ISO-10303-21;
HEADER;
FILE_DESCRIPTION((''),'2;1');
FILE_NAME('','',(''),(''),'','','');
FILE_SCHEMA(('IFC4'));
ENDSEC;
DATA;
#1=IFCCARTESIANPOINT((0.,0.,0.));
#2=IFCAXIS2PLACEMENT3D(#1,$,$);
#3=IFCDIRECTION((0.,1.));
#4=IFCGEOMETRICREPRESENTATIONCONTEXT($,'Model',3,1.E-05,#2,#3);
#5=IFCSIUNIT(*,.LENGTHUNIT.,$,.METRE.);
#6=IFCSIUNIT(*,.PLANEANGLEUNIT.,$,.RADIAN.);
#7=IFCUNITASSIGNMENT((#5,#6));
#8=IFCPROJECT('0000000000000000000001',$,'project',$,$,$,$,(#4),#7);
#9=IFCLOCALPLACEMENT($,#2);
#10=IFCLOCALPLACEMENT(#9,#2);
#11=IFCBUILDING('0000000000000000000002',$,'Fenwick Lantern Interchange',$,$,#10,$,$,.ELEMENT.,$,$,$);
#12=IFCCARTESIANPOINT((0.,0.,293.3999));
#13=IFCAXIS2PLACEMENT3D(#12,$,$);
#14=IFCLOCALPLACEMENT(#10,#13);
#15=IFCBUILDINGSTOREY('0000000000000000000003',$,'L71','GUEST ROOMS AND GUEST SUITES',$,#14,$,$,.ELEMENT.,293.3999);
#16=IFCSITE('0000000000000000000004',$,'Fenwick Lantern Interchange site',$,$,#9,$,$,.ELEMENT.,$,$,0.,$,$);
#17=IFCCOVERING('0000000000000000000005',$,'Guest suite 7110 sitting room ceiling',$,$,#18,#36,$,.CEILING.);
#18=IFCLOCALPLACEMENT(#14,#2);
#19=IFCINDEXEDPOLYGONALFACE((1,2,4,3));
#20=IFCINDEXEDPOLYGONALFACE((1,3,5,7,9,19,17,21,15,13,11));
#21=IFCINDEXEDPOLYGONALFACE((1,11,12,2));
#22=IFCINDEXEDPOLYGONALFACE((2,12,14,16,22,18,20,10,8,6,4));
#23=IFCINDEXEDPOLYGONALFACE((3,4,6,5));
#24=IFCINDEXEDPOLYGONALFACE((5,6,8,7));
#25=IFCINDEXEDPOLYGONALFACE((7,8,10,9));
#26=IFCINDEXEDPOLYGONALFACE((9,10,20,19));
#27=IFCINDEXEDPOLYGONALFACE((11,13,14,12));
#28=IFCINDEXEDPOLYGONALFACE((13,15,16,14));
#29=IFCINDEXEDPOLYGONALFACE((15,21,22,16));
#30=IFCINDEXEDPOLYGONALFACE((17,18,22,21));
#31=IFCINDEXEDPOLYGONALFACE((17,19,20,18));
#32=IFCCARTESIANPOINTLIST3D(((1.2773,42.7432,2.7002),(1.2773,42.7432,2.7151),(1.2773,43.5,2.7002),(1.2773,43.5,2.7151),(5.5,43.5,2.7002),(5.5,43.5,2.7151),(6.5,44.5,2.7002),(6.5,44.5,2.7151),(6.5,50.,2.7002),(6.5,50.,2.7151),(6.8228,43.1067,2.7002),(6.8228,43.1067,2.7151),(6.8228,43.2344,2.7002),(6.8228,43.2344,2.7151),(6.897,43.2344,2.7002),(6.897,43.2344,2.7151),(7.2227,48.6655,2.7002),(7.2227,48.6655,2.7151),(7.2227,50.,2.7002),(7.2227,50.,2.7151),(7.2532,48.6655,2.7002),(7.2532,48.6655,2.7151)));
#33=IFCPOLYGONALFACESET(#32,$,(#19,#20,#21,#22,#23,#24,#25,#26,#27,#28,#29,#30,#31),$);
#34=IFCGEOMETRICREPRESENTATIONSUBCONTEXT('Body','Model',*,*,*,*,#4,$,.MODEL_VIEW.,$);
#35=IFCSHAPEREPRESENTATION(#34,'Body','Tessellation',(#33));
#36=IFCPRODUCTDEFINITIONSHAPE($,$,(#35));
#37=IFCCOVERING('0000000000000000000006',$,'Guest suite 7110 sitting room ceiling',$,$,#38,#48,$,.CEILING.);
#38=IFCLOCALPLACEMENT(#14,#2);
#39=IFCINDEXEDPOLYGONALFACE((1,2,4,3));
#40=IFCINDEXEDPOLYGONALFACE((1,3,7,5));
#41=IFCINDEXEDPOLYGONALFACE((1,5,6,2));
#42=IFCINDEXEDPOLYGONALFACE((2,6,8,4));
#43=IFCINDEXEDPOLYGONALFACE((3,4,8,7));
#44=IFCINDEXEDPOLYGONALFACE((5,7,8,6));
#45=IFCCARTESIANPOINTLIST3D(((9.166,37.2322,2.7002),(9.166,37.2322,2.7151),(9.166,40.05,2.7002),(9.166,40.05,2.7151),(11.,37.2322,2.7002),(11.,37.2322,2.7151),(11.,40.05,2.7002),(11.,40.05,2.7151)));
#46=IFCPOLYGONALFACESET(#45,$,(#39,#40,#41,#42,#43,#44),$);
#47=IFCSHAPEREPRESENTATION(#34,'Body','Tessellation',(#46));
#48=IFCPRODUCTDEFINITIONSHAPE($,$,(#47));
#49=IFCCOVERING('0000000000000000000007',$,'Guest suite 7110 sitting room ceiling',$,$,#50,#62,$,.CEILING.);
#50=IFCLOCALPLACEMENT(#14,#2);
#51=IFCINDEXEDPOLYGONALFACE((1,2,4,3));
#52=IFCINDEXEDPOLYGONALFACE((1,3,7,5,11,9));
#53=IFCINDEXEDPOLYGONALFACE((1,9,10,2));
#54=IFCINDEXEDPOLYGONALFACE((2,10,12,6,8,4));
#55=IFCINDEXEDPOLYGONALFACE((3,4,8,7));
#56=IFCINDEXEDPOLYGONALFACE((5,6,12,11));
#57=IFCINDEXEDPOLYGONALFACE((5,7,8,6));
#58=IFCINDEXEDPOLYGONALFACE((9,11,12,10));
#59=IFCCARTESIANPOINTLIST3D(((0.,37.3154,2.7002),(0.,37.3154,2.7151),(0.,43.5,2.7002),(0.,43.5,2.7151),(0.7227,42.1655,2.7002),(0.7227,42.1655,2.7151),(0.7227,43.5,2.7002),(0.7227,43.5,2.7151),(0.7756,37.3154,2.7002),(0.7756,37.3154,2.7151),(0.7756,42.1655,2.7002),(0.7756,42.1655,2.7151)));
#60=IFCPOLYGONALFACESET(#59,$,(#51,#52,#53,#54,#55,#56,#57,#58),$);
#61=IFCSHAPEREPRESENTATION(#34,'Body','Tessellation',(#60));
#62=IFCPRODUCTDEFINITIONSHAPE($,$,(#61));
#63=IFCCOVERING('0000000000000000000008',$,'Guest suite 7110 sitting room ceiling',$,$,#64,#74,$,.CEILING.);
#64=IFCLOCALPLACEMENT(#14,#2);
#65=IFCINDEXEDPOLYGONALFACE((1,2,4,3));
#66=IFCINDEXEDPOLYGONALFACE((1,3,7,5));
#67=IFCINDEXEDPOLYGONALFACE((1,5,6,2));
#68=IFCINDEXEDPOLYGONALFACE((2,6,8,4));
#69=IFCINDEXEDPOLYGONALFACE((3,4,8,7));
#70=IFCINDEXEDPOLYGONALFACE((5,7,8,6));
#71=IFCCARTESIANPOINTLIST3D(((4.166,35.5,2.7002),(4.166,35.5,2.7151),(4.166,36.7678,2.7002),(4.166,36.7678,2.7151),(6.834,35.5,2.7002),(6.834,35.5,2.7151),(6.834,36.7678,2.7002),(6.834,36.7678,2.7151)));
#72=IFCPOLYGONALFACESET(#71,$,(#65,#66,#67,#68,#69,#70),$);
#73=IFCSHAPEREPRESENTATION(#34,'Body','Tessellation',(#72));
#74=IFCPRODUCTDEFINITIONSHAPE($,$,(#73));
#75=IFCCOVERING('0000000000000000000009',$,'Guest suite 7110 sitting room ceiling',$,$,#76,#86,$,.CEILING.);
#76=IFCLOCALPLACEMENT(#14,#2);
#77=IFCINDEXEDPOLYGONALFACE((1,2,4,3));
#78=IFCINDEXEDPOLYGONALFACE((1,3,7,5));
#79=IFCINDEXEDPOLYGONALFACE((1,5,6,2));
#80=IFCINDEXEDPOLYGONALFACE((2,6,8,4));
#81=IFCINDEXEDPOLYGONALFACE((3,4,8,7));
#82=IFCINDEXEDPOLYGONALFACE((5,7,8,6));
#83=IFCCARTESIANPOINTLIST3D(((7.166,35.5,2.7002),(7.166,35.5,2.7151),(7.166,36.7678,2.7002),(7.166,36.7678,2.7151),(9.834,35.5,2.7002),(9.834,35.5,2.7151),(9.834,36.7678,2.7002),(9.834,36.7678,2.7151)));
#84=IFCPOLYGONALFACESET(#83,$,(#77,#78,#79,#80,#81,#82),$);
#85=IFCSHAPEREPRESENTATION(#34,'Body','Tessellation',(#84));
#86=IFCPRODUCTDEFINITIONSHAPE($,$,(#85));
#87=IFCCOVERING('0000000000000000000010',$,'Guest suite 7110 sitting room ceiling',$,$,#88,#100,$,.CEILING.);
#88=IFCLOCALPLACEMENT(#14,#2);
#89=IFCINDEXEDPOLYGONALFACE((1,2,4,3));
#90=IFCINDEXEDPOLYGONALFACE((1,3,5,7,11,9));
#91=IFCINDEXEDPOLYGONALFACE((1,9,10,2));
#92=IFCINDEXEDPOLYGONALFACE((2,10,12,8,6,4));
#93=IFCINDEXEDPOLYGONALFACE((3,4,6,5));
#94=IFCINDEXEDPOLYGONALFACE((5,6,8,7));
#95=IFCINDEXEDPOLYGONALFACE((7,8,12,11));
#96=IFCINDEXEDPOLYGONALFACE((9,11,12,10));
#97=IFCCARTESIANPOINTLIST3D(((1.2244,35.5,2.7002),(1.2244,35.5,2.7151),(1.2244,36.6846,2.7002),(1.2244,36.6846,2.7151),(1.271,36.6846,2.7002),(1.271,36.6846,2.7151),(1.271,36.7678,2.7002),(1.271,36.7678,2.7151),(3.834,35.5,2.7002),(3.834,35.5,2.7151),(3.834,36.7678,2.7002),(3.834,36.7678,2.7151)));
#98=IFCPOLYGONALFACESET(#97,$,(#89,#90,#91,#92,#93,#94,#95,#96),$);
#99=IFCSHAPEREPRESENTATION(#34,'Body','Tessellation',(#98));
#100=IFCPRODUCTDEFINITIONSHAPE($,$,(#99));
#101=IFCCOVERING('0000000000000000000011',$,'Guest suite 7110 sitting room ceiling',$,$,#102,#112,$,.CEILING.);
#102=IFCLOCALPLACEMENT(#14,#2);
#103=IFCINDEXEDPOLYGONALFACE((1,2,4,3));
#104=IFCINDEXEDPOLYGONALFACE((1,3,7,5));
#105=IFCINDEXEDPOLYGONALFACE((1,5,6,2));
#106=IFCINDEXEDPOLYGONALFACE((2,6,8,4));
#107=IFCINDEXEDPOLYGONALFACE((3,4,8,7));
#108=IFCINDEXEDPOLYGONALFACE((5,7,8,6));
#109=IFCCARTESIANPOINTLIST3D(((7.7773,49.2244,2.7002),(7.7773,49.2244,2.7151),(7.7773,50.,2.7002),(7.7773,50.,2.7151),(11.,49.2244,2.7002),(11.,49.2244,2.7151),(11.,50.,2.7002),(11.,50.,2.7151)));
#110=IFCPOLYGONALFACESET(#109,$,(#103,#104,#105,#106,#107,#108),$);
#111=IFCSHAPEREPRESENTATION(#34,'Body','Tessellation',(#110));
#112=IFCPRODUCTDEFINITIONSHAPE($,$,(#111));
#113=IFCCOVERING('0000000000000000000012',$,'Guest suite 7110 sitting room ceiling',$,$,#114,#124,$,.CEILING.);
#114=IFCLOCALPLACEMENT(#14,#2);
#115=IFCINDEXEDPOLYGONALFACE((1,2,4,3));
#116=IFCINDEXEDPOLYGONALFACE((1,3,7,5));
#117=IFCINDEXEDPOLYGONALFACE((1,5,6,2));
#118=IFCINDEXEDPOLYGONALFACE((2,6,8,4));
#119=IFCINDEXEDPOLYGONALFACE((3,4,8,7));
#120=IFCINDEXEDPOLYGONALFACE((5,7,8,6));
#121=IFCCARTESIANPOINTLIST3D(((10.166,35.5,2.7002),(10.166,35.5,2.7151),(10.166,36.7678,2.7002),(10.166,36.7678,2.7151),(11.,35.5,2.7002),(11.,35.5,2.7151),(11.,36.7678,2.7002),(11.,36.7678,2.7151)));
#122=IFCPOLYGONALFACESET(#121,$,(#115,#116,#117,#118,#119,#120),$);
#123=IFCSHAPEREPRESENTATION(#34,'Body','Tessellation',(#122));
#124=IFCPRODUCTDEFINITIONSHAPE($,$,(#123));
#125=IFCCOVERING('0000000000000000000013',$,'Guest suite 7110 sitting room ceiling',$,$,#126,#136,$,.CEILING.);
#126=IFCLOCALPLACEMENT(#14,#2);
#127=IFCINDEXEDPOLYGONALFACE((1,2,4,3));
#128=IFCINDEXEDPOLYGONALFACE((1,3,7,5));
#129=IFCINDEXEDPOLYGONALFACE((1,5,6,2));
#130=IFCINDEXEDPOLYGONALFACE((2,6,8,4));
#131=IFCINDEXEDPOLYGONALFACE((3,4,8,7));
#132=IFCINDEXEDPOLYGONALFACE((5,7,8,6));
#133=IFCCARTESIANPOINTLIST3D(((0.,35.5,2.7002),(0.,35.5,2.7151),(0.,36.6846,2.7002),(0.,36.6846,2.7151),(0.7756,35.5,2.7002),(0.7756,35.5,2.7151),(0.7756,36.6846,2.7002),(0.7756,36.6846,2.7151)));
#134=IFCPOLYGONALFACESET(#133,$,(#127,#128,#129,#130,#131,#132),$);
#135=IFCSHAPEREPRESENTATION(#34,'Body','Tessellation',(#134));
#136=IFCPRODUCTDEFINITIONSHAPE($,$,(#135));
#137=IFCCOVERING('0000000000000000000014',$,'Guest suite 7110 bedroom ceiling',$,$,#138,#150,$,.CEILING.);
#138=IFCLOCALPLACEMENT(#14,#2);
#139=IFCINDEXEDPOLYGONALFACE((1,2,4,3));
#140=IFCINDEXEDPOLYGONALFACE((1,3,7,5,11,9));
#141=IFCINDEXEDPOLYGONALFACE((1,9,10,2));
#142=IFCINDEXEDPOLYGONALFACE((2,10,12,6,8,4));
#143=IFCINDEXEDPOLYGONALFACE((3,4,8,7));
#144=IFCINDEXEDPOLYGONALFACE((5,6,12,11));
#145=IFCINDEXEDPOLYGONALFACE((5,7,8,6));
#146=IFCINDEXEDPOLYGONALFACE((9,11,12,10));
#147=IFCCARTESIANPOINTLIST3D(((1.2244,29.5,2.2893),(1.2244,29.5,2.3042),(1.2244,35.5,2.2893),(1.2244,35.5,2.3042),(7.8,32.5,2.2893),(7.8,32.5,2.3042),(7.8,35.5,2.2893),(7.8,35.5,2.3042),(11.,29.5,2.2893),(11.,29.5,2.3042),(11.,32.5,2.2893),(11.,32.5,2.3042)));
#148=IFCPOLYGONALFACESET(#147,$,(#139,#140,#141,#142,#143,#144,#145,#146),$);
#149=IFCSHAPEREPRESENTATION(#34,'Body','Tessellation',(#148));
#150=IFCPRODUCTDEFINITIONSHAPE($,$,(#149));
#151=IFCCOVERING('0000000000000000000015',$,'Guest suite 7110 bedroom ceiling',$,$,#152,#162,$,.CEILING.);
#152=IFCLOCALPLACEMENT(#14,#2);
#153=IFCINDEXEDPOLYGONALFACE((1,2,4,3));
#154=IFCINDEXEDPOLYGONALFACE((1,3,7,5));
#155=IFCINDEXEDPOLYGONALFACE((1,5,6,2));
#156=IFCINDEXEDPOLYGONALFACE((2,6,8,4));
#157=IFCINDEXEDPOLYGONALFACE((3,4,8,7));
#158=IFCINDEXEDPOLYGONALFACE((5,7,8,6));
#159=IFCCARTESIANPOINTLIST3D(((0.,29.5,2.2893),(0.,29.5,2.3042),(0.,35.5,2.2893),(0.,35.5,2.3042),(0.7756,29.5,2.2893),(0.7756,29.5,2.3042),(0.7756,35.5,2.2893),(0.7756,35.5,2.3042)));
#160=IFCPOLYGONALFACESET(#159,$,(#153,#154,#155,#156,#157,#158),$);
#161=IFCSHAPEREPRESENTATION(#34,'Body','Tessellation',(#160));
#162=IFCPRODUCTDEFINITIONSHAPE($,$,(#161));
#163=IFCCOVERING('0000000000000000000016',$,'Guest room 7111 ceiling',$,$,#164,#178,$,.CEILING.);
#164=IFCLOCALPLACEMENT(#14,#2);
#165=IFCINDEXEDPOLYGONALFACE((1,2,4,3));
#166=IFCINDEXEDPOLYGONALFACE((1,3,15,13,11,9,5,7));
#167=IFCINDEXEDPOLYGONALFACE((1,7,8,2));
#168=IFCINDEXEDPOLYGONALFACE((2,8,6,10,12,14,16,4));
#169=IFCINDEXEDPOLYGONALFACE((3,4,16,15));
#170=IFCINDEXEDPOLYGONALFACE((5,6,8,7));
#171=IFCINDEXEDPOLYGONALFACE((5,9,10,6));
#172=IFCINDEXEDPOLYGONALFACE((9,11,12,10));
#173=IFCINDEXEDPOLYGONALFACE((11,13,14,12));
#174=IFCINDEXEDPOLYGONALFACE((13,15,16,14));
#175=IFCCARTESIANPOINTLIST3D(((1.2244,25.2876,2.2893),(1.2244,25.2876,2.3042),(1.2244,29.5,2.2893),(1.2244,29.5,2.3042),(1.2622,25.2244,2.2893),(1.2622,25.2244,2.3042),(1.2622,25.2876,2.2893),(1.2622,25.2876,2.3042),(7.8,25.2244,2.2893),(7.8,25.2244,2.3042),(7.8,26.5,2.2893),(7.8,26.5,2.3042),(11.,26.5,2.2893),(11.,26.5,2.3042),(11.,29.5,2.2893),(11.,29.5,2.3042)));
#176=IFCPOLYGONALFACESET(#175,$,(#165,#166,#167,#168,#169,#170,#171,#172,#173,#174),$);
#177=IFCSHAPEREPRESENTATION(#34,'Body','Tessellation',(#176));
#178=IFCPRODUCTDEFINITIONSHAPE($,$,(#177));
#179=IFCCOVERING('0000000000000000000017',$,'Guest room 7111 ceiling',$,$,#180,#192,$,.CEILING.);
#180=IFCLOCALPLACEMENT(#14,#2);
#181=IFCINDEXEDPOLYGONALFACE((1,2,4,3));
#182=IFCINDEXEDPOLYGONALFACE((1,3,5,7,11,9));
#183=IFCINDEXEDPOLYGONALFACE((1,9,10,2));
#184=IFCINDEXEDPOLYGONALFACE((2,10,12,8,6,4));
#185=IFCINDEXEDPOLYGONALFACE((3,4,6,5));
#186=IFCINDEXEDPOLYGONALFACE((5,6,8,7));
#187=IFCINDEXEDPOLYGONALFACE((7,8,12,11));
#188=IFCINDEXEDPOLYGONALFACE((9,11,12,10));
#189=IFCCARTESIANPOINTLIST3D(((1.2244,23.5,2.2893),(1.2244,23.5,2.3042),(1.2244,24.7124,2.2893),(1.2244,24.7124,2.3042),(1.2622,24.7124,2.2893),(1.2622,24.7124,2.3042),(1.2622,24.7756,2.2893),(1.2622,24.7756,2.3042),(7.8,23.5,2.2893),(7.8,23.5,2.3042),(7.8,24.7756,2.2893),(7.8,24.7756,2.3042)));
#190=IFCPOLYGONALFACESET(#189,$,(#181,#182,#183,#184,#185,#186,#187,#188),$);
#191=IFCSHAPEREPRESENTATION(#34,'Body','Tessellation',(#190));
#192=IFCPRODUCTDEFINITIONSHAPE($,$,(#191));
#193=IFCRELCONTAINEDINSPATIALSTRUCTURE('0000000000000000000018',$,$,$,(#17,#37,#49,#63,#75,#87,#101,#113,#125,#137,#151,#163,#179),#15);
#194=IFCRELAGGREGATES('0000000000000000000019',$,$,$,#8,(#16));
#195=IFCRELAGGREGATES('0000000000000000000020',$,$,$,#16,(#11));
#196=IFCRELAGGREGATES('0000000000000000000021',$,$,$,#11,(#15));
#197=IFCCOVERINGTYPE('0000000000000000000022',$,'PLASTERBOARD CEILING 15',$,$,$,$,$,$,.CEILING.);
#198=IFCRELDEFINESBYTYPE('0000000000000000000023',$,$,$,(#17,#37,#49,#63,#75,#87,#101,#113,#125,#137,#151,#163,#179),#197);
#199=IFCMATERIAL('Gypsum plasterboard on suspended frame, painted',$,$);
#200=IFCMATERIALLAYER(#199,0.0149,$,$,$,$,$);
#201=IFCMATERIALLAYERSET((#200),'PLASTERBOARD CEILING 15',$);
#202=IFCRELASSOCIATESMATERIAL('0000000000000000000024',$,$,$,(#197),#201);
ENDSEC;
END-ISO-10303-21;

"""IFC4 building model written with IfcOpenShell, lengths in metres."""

from ifc_helpers import new_model, si_unit, direction, frame, origin, place, context, subcontext, project, spatial, polyline, outline, extrude, material, layer, layer_set, type_object, element, save


model = new_model("IFC4")

# Units and contexts
model_context = context("Model", 3, precision=1e-05, world=origin(), true_north=direction((0.0, 1.0)))
body_context = subcontext(model_context, "Body", "Model", "MODEL_VIEW")
ifc_project = project(units=[si_unit("LENGTHUNIT", "METRE"), si_unit("PLANEANGLEUNIT", "RADIAN")], contexts=[model_context])

# Site, building, storey
site_placement = place(None, origin())
site = spatial("IfcSite", under=ifc_project, at=site_placement, Name="Fenwick Lantern Interchange site", CompositionType="ELEMENT", RefElevation=0.0)
building_placement = place(site_placement, origin())
building = spatial("IfcBuilding", under=site, at=building_placement, Name="Fenwick Lantern Interchange", CompositionType="ELEMENT")
storey_placement = place(building_placement, frame((0.0, 0.0, 293.3999)))
storey = spatial("IfcBuildingStorey", under=building, at=storey_placement, Name="L71", Description="GUEST ROOMS AND GUEST SUITES", CompositionType="ELEMENT", Elevation=293.3999)

# Coverings
ifc_material_1 = material(Name="Gypsum plasterboard on suspended frame, painted")
ifc_layer_1 = layer(ifc_material_1, 0.0149)
ifc_layer_set_1 = layer_set([ifc_layer_1], Name="PLASTERBOARD CEILING 15")
covering_type_1 = type_object("IfcCoveringType", Name="PLASTERBOARD CEILING 15", PredefinedType="CEILING", material=ifc_layer_set_1)
covering_1_placement = place(storey_placement, frame((0.0, 0.0, 2.7002)))
element("IfcCovering", 1, at=covering_1_placement, inside=storey, type_object=covering_type_1, Name="Guest suite 7110 sitting room ceiling", PredefinedType="CEILING", context=body_context, shape_type="SweptSolid", body=[
    extrude(outline(polyline([(7.2532, 48.6655), (7.2227, 48.6655), (7.2227, 50.0), (6.5, 50.0), (6.5, 44.5), (5.5, 43.5), (1.2773, 43.5), (1.2773, 42.7432), (6.8228, 43.1067), (6.8228, 43.2344), (6.897, 43.2344), (7.2532, 48.6655)])), origin(), (0.0, 0.0, 1.0), 0.0149),
])
covering_2_placement = place(storey_placement, frame((0.0, 0.0, 2.7002)))
element("IfcCovering", 2, at=covering_2_placement, inside=storey, type_object=covering_type_1, Name="Guest suite 7110 sitting room ceiling", PredefinedType="CEILING", context=body_context, shape_type="SweptSolid", body=[
    extrude(outline(polyline([(11.0, 40.05), (9.166, 40.05), (9.166, 37.2322), (11.0, 37.2322), (11.0, 40.05)])), origin(), (0.0, 0.0, 1.0), 0.0149),
])
covering_3_placement = place(storey_placement, frame((0.0, 0.0, 2.7002)))
element("IfcCovering", 3, at=covering_3_placement, inside=storey, type_object=covering_type_1, Name="Guest suite 7110 sitting room ceiling", PredefinedType="CEILING", context=body_context, shape_type="SweptSolid", body=[
    extrude(outline(polyline([(0.0, 37.3154), (0.7756, 37.3154), (0.7756, 42.1655), (0.7227, 42.1655), (0.7227, 43.5), (0.0, 43.5), (0.0, 37.3154)])), origin(), (0.0, 0.0, 1.0), 0.0149),
])
covering_4_placement = place(storey_placement, frame((0.0, 0.0, 2.7002)))
element("IfcCovering", 4, at=covering_4_placement, inside=storey, type_object=covering_type_1, Name="Guest suite 7110 sitting room ceiling", PredefinedType="CEILING", context=body_context, shape_type="SweptSolid", body=[
    extrude(outline(polyline([(4.166, 35.5), (6.834, 35.5), (6.834, 36.7678), (4.166, 36.7678), (4.166, 35.5)])), origin(), (0.0, 0.0, 1.0), 0.0149),
])
covering_5_placement = place(storey_placement, frame((0.0, 0.0, 2.7002)))
element("IfcCovering", 5, at=covering_5_placement, inside=storey, type_object=covering_type_1, Name="Guest suite 7110 sitting room ceiling", PredefinedType="CEILING", context=body_context, shape_type="SweptSolid", body=[
    extrude(outline(polyline([(7.166, 35.5), (9.834, 35.5), (9.834, 36.7678), (7.166, 36.7678), (7.166, 35.5)])), origin(), (0.0, 0.0, 1.0), 0.0149),
])
covering_6_placement = place(storey_placement, frame((0.0, 0.0, 2.7002)))
element("IfcCovering", 6, at=covering_6_placement, inside=storey, type_object=covering_type_1, Name="Guest suite 7110 sitting room ceiling", PredefinedType="CEILING", context=body_context, shape_type="SweptSolid", body=[
    extrude(outline(polyline([(1.2244, 35.5), (3.834, 35.5), (3.834, 36.7678), (1.271, 36.7678), (1.271, 36.6846), (1.2244, 36.6846), (1.2244, 35.5)])), origin(), (0.0, 0.0, 1.0), 0.0149),
])
covering_7_placement = place(storey_placement, frame((0.0, 0.0, 2.7002)))
element("IfcCovering", 7, at=covering_7_placement, inside=storey, type_object=covering_type_1, Name="Guest suite 7110 sitting room ceiling", PredefinedType="CEILING", context=body_context, shape_type="SweptSolid", body=[
    extrude(outline(polyline([(7.7773, 50.0), (7.7773, 49.2244), (11.0, 49.2244), (11.0, 50.0), (7.7773, 50.0)])), origin(), (0.0, 0.0, 1.0), 0.0149),
])
covering_8_placement = place(storey_placement, frame((0.0, 0.0, 2.7002)))
element("IfcCovering", 8, at=covering_8_placement, inside=storey, type_object=covering_type_1, Name="Guest suite 7110 sitting room ceiling", PredefinedType="CEILING", context=body_context, shape_type="SweptSolid", body=[
    extrude(outline(polyline([(11.0, 35.5), (11.0, 36.7678), (10.166, 36.7678), (10.166, 35.5), (11.0, 35.5)])), origin(), (0.0, 0.0, 1.0), 0.0149),
])
covering_9_placement = place(storey_placement, frame((0.0, 0.0, 2.7002)))
element("IfcCovering", 9, at=covering_9_placement, inside=storey, type_object=covering_type_1, Name="Guest suite 7110 sitting room ceiling", PredefinedType="CEILING", context=body_context, shape_type="SweptSolid", body=[
    extrude(outline(polyline([(0.0, 35.5), (0.7756, 35.5), (0.7756, 36.6846), (0.0, 36.6846), (0.0, 35.5)])), origin(), (0.0, 0.0, 1.0), 0.0149),
])
covering_10_placement = place(storey_placement, frame((0.0, 0.0, 2.2893)))
element("IfcCovering", 10, at=covering_10_placement, inside=storey, type_object=covering_type_1, Name="Guest suite 7110 bedroom ceiling", PredefinedType="CEILING", context=body_context, shape_type="SweptSolid", body=[
    extrude(outline(polyline([(1.2244, 29.5), (11.0, 29.5), (11.0, 32.5), (7.8, 32.5), (7.8, 35.5), (1.2244, 35.5), (1.2244, 29.5)])), origin(), (0.0, 0.0, 1.0), 0.0149),
])
covering_11_placement = place(storey_placement, frame((0.0, 0.0, 2.2893)))
element("IfcCovering", 11, at=covering_11_placement, inside=storey, type_object=covering_type_1, Name="Guest suite 7110 bedroom ceiling", PredefinedType="CEILING", context=body_context, shape_type="SweptSolid", body=[
    extrude(outline(polyline([(0.0, 29.5), (0.7756, 29.5), (0.7756, 35.5), (0.0, 35.5), (0.0, 29.5)])), origin(), (0.0, 0.0, 1.0), 0.0149),
])
covering_12_placement = place(storey_placement, frame((0.0, 0.0, 2.2893)))
element("IfcCovering", 12, at=covering_12_placement, inside=storey, type_object=covering_type_1, Name="Guest room 7111 ceiling", PredefinedType="CEILING", context=body_context, shape_type="SweptSolid", body=[
    extrude(outline(polyline([(1.2622, 25.2876), (1.2622, 25.2244), (7.8, 25.2244), (7.8, 26.5), (11.0, 26.5), (11.0, 29.5), (1.2244, 29.5), (1.2244, 25.2876), (1.2622, 25.2876)])), origin(), (0.0, 0.0, 1.0), 0.0149),
])
covering_13_placement = place(storey_placement, frame((0.0, 0.0, 2.2893)))
element("IfcCovering", 13, at=covering_13_placement, inside=storey, type_object=covering_type_1, Name="Guest room 7111 ceiling", PredefinedType="CEILING", context=body_context, shape_type="SweptSolid", body=[
    extrude(outline(polyline([(1.2622, 24.7124), (1.2244, 24.7124), (1.2244, 23.5), (7.8, 23.5), (7.8, 24.7756), (1.2622, 24.7756), (1.2622, 24.7124)])), origin(), (0.0, 0.0, 1.0), 0.0149),
])

save(model, "model.ifc")
